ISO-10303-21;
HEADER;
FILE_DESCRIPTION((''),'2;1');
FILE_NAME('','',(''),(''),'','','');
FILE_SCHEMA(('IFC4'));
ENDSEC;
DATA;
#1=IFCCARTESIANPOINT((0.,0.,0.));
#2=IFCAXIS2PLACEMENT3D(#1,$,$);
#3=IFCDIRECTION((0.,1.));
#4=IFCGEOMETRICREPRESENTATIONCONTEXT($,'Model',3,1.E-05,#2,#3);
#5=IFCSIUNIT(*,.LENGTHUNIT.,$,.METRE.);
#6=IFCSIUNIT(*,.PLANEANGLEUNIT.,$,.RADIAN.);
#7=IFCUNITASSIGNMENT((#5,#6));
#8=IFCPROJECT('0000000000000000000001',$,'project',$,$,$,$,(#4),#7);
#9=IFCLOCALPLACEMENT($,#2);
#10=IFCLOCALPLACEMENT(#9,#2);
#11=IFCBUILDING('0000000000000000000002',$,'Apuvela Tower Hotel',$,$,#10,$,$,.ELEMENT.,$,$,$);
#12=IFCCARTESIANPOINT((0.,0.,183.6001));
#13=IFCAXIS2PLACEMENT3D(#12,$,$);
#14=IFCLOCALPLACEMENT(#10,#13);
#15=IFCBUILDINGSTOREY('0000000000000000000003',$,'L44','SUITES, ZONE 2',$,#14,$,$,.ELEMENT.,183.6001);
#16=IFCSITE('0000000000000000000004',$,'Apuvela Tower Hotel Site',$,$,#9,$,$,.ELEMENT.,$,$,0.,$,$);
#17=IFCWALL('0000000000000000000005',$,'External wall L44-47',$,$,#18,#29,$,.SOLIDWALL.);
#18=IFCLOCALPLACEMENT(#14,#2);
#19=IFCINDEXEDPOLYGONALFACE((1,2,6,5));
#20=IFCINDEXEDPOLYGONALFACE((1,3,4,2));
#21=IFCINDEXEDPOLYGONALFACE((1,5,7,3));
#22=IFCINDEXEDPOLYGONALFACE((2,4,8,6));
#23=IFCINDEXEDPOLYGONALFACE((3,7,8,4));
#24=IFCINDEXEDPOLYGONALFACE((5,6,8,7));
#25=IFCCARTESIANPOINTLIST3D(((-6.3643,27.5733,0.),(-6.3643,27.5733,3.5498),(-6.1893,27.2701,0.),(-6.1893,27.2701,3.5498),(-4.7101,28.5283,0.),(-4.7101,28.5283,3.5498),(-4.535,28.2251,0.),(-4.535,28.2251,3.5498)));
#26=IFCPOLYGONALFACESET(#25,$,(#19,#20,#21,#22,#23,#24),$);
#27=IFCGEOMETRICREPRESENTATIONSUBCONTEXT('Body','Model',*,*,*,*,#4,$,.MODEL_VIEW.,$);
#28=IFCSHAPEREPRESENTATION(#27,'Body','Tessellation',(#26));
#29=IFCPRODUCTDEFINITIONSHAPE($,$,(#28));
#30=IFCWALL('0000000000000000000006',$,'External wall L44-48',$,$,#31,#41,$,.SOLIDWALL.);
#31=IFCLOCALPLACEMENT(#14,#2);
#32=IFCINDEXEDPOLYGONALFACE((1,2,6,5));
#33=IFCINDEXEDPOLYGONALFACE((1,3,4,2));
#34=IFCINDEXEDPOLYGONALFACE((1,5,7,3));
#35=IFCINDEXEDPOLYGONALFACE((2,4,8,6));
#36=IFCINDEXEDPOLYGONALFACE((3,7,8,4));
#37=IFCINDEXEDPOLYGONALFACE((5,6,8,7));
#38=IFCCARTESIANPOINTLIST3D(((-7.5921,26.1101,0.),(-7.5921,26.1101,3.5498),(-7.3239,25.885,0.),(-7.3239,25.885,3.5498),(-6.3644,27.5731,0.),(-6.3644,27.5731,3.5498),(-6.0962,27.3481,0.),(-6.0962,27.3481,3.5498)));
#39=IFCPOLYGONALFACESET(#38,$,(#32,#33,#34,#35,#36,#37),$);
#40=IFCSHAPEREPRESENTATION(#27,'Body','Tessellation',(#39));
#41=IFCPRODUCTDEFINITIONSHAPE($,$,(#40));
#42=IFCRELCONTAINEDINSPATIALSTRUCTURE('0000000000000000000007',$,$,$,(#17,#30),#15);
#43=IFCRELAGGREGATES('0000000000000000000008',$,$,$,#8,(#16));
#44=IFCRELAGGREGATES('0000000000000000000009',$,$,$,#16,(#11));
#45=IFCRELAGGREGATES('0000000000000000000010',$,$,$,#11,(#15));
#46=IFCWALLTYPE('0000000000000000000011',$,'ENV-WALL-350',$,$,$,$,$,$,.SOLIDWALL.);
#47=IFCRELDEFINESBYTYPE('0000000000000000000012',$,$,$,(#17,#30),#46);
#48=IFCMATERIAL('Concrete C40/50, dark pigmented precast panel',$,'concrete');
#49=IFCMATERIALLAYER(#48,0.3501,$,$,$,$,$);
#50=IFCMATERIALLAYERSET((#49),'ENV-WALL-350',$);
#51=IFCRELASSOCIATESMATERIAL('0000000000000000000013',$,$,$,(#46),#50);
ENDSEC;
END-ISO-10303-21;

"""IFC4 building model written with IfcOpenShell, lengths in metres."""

from ifc_helpers import new_model, si_unit, direction, frame, frame_2d, origin, place, context, subcontext, project, spatial, rectangle, extrude, material, layer, layer_set, type_object, element, save


model = new_model("IFC4")

# Units and contexts
model_context = context("Model", 3, precision=1e-05, world=origin(), true_north=direction((0.0, 1.0)))
body_context = subcontext(model_context, "Body", "Model", "MODEL_VIEW")
ifc_project = project(units=[si_unit("LENGTHUNIT", "METRE"), si_unit("PLANEANGLEUNIT", "RADIAN")], contexts=[model_context])

# Site, building, storey
site_placement = place(None, origin())
site = spatial("IfcSite", under=ifc_project, at=site_placement, Name="Apuvela Tower Hotel Site", CompositionType="ELEMENT", RefElevation=0.0)
building_placement = place(site_placement, origin())
building = spatial("IfcBuilding", under=site, at=building_placement, Name="Apuvela Tower Hotel", CompositionType="ELEMENT")
storey_placement = place(building_placement, frame((0.0, 0.0, 183.6001)))
storey = spatial("IfcBuildingStorey", under=building, at=storey_placement, Name="L44", Description="SUITES, ZONE 2", CompositionType="ELEMENT", Elevation=183.6001)

# Shared definitions
ifc_material_1 = material(Name="Concrete C40/50, dark pigmented precast panel", Category="concrete")
ifc_layer_1 = layer(ifc_material_1, 0.3501)
ifc_layer_set_1 = layer_set([ifc_layer_1], Name="ENV-WALL-350")
wall_type_1 = type_object("IfcWallType", Name="ENV-WALL-350", PredefinedType="SOLIDWALL", material=ifc_layer_set_1)

# Walls
for number, where, z_axis, x_axis, name in (
    (1, (-4.6226, 28.3767, 0.0), (0.0, 0.0, 1.0), (-0.866032, -0.499988, 0.0), "External wall L44-47"),
):
    element("IfcWall", number, at=place(storey_placement, frame(where, z_axis=z_axis, x_axis=x_axis)), inside=storey, type_object=wall_type_1, Name=name, PredefinedType="SOLIDWALL", context=body_context, shape_type="SweptSolid", body=[
        extrude(rectangle(XDim=1.9102, YDim=0.3501, at=frame_2d((0.9551, 0.0))), origin(), (0.0, 0.0, 1.0), 3.5498),
    ])
wall_1_placement = place(storey_placement, frame((-6.2302, 27.4607, 0.0), z_axis=(0.0, 0.0, 1.0), x_axis=(-0.642808, -0.766027, 0.0)))
element("IfcWall", 2, at=wall_1_placement, inside=storey, type_object=wall_type_1, Name="External wall L44-48", PredefinedType="SOLIDWALL", context=body_context, shape_type="SweptSolid", body=[
    extrude(rectangle(XDim=1.9099, YDim=0.3501, at=frame_2d((0.9551, 0.0))), origin(), (0.0, 0.0, 1.0), 3.5498),
])

save(model, "model.ifc")
